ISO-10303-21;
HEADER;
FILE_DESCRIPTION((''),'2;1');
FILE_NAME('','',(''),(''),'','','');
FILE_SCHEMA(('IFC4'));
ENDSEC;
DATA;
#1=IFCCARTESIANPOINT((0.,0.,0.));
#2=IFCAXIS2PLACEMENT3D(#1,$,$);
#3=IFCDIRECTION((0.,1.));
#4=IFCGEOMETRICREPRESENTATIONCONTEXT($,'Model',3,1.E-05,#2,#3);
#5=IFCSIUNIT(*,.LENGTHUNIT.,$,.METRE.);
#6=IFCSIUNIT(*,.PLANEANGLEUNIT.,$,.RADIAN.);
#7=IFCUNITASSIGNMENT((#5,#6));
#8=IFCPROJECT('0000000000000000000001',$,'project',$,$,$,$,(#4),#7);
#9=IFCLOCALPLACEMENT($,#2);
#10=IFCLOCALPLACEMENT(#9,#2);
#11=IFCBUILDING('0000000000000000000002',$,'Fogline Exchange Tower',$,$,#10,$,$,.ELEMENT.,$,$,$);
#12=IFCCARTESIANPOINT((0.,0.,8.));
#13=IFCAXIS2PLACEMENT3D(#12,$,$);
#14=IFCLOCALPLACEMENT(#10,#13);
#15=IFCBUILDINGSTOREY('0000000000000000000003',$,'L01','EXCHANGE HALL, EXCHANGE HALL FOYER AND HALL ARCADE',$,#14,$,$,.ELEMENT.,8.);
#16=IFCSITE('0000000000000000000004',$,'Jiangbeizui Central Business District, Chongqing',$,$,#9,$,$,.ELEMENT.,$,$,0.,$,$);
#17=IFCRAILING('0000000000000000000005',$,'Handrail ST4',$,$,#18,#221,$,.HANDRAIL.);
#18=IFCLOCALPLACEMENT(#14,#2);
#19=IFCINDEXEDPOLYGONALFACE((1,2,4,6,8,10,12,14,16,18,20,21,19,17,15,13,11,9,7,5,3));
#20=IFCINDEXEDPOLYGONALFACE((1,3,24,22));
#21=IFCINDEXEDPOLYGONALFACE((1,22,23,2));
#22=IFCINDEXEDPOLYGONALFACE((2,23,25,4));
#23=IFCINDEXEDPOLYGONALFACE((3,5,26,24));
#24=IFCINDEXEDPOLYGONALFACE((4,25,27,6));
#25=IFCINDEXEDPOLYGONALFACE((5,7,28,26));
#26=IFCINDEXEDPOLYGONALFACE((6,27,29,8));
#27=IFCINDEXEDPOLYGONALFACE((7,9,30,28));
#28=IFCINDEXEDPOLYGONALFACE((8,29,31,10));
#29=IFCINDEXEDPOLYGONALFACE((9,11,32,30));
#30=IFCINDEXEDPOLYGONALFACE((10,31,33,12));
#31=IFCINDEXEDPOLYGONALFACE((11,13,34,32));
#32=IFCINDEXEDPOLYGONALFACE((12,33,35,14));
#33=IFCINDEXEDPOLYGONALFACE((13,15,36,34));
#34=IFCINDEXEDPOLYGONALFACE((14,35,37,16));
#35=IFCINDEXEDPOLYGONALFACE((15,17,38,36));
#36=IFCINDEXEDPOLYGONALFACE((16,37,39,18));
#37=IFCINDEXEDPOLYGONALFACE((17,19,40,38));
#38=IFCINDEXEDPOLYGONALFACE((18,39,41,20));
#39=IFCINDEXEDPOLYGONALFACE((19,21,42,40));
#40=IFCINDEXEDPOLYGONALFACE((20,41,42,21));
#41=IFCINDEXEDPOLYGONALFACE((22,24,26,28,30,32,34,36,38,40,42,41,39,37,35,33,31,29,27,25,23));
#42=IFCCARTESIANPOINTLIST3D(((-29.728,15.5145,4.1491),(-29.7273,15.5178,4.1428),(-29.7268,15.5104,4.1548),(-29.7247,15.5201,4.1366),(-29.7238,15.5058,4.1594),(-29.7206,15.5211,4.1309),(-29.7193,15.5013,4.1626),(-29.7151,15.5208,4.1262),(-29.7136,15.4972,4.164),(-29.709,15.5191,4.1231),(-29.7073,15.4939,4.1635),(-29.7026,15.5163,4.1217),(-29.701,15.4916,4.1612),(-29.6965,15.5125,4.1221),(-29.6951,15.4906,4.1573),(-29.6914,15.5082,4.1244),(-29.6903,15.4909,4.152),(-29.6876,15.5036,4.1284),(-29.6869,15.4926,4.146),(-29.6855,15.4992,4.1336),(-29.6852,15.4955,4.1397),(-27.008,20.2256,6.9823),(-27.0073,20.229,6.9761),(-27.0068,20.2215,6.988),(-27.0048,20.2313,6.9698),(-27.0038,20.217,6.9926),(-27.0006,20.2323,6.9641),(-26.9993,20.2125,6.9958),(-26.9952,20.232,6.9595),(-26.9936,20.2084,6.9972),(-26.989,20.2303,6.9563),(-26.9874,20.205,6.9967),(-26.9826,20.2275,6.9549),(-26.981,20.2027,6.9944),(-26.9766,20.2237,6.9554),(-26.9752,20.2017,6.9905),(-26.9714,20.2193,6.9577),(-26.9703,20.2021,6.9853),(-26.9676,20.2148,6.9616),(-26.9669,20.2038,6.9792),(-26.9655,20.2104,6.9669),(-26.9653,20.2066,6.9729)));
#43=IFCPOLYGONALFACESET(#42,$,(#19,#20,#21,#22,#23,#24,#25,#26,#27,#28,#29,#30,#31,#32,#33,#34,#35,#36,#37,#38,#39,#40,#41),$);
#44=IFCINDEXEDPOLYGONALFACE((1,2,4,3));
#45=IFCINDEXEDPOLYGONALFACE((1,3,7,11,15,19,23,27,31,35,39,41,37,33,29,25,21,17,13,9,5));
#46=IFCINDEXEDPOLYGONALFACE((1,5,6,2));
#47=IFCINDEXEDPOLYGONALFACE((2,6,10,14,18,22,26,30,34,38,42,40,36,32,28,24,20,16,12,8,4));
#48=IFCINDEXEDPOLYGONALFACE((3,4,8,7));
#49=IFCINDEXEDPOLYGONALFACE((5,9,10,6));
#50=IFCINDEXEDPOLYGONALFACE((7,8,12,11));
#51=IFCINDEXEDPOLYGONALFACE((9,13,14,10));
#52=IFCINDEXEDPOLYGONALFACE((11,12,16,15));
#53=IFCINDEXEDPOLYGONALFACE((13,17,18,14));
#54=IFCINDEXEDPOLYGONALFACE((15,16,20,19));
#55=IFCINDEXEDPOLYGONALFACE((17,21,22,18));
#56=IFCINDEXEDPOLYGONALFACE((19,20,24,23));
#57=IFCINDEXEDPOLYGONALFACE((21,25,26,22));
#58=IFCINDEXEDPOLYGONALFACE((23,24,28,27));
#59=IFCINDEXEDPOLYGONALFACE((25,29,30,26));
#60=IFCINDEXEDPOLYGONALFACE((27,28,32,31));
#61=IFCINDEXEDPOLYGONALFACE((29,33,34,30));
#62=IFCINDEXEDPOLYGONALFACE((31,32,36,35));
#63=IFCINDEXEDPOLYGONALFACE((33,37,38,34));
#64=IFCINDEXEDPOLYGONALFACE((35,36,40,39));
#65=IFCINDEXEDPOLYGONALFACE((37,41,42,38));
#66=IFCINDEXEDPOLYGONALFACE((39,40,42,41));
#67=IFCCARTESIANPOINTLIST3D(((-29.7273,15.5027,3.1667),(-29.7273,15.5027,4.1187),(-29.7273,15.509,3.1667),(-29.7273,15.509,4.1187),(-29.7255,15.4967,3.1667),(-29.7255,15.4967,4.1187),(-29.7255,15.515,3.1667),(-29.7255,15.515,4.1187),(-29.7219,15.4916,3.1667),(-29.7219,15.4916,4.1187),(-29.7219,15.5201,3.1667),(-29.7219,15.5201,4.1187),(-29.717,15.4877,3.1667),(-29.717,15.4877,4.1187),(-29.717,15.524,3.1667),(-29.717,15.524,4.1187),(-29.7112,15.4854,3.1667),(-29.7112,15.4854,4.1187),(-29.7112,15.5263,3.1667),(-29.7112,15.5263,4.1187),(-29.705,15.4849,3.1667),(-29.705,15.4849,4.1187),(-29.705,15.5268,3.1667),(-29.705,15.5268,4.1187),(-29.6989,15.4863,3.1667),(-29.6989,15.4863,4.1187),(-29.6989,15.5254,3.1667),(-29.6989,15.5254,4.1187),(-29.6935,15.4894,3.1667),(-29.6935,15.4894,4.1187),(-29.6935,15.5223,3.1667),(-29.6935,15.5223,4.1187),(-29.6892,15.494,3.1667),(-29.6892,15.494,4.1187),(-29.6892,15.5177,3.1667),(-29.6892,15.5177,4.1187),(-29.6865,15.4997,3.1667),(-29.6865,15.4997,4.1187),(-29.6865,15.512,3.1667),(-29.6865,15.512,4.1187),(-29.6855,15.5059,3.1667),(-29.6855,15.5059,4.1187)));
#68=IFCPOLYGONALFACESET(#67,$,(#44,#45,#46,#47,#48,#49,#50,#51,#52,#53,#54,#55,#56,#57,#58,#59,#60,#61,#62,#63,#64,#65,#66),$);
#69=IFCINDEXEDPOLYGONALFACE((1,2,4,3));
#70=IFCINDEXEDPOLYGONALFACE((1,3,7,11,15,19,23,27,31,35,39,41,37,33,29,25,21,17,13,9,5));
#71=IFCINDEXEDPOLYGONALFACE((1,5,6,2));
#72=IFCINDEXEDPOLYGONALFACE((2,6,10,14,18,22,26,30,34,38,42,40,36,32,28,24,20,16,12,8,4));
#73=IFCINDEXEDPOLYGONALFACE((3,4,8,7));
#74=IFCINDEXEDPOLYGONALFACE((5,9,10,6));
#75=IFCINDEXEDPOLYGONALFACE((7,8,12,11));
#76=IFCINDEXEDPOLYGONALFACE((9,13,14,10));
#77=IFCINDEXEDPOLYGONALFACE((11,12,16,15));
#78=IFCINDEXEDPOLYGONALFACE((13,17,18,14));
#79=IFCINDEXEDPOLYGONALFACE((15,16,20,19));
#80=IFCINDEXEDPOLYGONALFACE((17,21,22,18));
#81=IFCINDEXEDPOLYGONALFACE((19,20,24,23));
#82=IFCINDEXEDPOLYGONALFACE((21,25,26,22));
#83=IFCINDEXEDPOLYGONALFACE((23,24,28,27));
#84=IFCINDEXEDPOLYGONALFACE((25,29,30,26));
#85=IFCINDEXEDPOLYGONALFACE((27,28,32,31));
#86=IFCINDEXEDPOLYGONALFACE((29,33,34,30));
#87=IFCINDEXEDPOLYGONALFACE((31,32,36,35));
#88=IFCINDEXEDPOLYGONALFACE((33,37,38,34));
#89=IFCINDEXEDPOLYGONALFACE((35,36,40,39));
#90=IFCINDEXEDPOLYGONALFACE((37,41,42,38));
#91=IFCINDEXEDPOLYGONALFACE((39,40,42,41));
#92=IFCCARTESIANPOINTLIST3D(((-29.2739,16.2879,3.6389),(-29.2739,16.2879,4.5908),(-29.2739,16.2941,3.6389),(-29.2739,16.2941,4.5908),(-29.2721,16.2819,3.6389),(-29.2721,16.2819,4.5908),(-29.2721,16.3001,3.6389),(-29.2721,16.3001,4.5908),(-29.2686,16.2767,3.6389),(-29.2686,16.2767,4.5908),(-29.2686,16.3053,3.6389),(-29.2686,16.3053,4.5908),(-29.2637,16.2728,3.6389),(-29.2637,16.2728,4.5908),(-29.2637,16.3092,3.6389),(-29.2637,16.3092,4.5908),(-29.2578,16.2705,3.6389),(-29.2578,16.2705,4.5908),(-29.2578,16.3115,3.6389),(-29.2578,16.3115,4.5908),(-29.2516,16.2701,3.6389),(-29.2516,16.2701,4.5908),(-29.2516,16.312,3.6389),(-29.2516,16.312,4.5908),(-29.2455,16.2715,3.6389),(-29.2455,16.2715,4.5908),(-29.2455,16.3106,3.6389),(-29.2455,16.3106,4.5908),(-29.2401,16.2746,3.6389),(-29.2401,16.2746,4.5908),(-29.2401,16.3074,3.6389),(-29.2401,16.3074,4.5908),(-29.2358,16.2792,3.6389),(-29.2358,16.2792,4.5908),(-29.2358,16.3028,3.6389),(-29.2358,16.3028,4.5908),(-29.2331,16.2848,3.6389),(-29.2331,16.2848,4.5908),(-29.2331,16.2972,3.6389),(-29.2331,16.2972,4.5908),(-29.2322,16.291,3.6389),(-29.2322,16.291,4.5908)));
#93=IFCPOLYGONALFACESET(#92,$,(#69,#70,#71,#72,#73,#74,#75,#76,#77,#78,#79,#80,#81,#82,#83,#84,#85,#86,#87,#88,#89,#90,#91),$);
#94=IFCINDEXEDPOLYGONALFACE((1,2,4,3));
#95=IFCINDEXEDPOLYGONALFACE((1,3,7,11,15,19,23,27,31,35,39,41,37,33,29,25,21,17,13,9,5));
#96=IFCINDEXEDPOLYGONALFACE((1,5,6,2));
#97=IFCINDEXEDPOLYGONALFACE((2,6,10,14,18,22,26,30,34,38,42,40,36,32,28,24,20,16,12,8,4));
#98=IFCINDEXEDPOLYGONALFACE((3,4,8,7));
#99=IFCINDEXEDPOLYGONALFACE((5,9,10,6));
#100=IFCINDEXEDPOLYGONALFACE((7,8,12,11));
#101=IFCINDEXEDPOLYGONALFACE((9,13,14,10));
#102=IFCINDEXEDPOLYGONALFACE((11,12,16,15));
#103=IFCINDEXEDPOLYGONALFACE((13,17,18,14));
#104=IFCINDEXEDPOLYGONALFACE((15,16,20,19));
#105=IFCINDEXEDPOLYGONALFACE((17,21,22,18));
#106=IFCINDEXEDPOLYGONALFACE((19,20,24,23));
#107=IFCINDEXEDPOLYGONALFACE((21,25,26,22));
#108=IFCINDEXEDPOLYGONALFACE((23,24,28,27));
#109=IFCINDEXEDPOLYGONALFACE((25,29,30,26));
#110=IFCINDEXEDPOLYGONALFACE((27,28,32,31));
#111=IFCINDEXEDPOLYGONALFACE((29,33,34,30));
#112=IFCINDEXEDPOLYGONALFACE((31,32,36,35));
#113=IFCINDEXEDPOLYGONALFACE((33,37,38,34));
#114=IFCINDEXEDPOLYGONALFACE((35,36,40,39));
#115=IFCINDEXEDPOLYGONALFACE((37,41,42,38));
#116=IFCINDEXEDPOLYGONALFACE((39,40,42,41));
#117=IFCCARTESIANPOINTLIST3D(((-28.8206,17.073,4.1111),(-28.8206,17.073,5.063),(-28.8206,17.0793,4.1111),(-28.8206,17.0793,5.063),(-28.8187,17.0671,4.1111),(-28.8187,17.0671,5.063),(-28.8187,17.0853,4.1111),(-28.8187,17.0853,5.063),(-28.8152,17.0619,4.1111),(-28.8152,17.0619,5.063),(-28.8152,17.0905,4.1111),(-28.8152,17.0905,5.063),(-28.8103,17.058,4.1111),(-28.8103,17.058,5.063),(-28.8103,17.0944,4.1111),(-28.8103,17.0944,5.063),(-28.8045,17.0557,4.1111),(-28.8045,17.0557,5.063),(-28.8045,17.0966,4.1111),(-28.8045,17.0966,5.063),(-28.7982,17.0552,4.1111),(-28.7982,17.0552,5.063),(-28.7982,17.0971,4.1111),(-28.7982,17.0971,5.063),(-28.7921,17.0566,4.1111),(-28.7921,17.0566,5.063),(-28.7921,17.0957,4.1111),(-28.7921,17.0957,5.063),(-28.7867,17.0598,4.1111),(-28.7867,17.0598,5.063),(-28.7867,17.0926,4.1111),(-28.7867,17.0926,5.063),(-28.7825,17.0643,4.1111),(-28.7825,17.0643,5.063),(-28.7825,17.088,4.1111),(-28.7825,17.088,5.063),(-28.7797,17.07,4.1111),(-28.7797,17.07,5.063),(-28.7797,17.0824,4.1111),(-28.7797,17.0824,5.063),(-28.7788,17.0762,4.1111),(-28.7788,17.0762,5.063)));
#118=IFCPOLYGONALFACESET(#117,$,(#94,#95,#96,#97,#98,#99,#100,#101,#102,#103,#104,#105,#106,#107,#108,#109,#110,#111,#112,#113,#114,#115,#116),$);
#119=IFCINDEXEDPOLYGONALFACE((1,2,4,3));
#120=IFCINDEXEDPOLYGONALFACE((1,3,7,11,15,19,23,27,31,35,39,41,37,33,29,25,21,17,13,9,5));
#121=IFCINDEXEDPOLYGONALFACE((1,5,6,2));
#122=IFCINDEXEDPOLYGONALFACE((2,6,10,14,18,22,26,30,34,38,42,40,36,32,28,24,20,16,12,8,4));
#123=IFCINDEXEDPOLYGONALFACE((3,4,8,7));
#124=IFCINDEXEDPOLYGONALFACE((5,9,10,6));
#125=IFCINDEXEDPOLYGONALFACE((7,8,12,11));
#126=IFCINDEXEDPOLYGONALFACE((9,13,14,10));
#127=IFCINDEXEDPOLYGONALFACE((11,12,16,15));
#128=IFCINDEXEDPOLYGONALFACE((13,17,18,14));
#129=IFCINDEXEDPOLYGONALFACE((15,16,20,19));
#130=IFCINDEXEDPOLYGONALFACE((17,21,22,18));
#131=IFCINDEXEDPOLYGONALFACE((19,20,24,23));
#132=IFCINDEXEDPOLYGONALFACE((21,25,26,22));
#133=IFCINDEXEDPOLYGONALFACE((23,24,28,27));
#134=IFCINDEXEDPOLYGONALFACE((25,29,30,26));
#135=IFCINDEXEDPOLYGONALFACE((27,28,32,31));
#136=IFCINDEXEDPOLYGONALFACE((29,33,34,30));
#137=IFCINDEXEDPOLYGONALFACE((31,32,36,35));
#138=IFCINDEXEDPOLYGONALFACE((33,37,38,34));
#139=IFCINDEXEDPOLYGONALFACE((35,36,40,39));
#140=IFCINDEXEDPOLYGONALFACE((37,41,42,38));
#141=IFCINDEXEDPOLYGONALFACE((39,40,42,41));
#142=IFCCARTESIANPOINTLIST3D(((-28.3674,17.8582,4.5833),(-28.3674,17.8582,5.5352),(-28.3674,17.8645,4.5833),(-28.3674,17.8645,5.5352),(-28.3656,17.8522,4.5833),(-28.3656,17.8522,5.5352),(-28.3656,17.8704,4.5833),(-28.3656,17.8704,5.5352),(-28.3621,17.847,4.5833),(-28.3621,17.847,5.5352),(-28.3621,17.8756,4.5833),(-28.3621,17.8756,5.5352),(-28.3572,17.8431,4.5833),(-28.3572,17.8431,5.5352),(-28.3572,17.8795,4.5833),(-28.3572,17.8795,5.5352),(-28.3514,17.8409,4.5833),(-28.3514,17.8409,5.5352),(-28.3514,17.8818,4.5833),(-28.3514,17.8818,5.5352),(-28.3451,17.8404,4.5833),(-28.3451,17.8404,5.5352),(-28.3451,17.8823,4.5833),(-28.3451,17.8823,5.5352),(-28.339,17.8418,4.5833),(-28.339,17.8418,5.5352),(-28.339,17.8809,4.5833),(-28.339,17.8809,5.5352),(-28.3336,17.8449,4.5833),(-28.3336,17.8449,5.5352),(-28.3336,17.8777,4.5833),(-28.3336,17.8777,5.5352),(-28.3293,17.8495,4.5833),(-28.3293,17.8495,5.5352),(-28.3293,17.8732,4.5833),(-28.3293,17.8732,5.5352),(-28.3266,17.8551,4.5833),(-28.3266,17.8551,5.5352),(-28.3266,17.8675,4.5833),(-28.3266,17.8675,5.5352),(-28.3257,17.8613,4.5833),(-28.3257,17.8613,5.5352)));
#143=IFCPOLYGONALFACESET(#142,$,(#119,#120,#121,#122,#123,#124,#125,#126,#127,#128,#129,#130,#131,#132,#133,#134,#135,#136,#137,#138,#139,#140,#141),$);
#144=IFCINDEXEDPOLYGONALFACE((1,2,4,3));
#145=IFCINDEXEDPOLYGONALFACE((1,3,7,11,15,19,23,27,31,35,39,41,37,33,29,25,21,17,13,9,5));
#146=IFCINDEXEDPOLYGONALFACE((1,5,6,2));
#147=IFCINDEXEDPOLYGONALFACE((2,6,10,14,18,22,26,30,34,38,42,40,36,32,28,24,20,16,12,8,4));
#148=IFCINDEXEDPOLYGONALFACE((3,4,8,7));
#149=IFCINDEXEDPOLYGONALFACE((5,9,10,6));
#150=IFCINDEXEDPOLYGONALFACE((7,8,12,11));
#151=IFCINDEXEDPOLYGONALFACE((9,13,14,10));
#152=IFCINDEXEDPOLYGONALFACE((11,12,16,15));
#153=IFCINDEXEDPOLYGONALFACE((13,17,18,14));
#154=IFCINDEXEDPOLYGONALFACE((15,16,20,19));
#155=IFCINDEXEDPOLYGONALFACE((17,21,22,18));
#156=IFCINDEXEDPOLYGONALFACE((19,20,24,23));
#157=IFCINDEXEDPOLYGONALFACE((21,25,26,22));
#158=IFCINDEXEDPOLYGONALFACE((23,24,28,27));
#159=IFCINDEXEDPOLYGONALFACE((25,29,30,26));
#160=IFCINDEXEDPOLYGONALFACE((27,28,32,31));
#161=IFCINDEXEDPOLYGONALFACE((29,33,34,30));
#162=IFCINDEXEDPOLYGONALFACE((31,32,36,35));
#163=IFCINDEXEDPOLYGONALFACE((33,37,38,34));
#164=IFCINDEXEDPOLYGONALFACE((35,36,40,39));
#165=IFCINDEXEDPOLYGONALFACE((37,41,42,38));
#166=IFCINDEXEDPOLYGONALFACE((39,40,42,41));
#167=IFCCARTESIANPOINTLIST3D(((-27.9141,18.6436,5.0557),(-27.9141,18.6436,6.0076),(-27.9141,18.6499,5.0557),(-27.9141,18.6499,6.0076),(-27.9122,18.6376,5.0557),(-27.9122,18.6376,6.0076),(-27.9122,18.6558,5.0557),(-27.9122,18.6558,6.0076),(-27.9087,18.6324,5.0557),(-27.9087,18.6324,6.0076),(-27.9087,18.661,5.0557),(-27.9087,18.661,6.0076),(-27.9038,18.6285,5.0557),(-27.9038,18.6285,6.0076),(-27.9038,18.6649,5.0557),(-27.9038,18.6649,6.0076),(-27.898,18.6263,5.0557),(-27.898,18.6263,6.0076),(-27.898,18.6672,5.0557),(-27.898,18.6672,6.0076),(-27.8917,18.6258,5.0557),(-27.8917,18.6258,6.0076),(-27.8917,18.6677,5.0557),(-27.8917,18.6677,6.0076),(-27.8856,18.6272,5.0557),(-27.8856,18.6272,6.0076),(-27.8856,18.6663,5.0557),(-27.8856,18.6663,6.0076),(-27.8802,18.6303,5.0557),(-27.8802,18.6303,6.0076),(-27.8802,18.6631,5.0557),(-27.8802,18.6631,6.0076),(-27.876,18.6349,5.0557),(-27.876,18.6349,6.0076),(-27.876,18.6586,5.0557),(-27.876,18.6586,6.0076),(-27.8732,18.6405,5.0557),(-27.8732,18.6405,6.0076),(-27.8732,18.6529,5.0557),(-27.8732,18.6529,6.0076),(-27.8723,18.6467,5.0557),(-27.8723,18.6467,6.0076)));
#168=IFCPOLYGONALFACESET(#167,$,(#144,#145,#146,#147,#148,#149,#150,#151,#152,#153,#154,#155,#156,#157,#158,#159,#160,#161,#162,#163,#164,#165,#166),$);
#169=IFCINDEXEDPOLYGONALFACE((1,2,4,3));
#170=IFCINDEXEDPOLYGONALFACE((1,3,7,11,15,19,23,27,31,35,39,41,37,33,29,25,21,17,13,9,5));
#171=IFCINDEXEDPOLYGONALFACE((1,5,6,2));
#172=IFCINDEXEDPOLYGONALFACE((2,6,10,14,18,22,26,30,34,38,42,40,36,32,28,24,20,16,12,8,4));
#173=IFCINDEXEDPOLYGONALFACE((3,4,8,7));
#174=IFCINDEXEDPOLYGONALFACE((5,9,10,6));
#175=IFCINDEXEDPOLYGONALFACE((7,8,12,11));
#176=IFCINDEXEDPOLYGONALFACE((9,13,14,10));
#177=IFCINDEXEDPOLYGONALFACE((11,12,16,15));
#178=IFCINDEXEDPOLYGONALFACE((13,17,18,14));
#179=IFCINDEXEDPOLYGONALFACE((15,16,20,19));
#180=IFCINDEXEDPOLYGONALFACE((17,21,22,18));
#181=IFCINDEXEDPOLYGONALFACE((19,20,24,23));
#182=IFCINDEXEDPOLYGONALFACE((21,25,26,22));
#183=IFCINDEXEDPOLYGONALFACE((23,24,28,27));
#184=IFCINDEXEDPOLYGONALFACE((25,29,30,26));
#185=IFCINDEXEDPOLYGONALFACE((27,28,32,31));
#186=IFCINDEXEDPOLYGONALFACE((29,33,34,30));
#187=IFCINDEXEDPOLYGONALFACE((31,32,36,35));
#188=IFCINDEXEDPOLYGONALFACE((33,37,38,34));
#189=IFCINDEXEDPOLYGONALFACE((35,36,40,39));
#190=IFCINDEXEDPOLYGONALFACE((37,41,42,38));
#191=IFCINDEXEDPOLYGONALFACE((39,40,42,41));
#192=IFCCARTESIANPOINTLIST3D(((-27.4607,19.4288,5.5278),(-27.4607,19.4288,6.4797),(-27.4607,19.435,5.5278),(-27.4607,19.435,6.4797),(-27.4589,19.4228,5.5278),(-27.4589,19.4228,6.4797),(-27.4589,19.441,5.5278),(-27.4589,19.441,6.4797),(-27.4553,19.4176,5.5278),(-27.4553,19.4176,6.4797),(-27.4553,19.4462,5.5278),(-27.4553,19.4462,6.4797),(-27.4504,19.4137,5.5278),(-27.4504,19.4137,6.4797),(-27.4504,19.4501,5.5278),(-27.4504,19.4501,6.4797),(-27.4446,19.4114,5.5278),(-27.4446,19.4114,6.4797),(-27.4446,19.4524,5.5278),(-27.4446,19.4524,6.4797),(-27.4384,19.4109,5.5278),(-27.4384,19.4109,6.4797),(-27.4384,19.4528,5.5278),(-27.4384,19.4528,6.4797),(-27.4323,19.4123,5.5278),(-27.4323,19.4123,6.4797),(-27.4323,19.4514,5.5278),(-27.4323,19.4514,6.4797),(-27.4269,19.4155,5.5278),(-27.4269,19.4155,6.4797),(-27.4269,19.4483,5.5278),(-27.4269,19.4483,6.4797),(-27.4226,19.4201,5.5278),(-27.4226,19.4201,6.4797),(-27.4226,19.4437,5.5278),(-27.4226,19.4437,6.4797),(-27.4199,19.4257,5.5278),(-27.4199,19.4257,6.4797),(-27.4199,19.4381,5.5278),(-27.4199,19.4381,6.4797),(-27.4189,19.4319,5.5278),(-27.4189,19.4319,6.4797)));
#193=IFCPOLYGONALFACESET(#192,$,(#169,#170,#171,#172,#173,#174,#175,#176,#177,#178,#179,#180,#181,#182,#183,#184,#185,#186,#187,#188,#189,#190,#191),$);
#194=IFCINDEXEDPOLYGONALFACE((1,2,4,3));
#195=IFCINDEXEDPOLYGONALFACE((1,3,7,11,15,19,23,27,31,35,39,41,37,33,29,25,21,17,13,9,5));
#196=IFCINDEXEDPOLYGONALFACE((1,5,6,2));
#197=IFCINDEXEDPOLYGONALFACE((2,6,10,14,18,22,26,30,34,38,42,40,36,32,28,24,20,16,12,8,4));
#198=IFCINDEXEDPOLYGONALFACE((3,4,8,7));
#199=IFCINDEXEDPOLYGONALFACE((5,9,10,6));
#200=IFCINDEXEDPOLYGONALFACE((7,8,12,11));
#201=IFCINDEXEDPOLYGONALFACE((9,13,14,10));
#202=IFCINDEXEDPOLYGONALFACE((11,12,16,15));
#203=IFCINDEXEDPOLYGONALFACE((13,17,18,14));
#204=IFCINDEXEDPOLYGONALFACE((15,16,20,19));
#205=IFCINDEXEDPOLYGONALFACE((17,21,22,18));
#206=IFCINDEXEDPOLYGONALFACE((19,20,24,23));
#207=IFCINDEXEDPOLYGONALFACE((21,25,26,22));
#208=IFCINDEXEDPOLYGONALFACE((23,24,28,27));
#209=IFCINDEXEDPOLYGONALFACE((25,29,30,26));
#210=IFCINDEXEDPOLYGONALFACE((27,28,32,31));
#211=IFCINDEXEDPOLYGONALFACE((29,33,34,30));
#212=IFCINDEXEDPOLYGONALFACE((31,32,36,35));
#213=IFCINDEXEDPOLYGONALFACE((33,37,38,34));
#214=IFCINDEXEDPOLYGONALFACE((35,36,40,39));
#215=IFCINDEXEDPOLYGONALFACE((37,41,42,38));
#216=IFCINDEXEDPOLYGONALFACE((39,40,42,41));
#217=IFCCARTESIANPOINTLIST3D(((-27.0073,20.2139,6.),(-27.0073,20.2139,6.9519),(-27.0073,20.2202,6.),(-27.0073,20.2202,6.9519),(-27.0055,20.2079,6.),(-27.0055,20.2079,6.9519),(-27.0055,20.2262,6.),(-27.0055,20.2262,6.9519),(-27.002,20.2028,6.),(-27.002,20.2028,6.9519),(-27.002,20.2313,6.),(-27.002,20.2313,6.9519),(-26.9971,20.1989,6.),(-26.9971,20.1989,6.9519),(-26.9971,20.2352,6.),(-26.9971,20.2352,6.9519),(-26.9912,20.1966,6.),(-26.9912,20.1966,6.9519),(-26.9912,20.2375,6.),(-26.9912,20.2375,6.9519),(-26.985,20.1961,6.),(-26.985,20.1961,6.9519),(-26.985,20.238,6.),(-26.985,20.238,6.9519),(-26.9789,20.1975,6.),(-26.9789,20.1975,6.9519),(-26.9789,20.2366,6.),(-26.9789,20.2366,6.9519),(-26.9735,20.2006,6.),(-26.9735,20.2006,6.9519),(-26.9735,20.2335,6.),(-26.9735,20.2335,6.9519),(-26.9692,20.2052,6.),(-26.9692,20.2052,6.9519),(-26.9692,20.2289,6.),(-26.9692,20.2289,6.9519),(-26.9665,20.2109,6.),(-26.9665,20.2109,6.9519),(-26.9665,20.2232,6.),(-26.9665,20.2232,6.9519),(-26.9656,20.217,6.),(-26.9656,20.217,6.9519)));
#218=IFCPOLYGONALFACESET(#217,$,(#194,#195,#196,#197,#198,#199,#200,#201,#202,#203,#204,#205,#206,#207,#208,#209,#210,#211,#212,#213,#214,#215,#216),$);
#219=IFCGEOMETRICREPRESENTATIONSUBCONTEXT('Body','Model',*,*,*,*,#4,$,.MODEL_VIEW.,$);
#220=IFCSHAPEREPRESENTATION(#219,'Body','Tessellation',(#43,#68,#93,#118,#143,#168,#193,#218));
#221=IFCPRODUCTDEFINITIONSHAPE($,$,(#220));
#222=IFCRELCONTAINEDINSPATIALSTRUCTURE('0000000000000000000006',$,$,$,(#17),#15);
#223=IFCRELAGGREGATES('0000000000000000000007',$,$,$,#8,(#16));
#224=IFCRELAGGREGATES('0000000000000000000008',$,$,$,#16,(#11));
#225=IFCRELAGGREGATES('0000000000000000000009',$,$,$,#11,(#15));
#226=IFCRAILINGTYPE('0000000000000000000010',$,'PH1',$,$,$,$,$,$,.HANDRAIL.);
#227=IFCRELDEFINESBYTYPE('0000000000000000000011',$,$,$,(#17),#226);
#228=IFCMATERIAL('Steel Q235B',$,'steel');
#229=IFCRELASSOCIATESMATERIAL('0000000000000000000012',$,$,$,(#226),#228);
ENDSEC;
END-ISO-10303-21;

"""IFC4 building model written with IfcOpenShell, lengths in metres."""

from ifc_helpers import new_model, si_unit, direction, frame, origin, origin_2d, place, context, subcontext, project, spatial, circle, extrude, material, type_object, element, save


model = new_model("IFC4")

# Units and contexts
model_context = context("Model", 3, precision=1e-05, world=origin(), true_north=direction((0.0, 1.0)))
body_context = subcontext(model_context, "Body", "Model", "MODEL_VIEW")
ifc_project = project(units=[si_unit("LENGTHUNIT", "METRE"), si_unit("PLANEANGLEUNIT", "RADIAN")], contexts=[model_context])

# Site, building, storey
site_placement = place(None, origin())
site = spatial("IfcSite", under=ifc_project, at=site_placement, Name="Jiangbeizui Central Business District, Chongqing", CompositionType="ELEMENT", RefElevation=0.0)
building_placement = place(site_placement, origin())
building = spatial("IfcBuilding", under=site, at=building_placement, Name="Fogline Exchange Tower", CompositionType="ELEMENT")
storey_placement = place(building_placement, frame((0.0, 0.0, 8.0)))
storey = spatial("IfcBuildingStorey", under=building, at=storey_placement, Name="L01", Description="EXCHANGE HALL, EXCHANGE HALL FOYER AND HALL ARCADE", CompositionType="ELEMENT", Elevation=8.0)

# Shared definitions
ifc_material_1 = material(Name="Steel Q235B", Category="steel")

# Railing
railing_type_1 = type_object("IfcRailingType", Name="PH1", PredefinedType="HANDRAIL", material=ifc_material_1)
railing_1_placement = place(storey_placement, frame((-29.7065, 15.5059, 3.1667)))
element("IfcRailing", 1, at=railing_1_placement, inside=storey, type_object=railing_type_1, Name="Handrail ST4", PredefinedType="HANDRAIL", context=body_context, shape_type="SweptSolid", body=[
    extrude(circle(Radius=0.0239, at=origin_2d()), frame((0.0, 0.0, 0.9761), z_axis=(0.443456, 0.768097, 0.461925), x_axis=(-0.866028, 0.499996, 0.0)), (0.0, 0.0, 1.0), 6.1335),
    extrude(circle(Radius=0.021, at=origin_2d()), origin(), (0.0, 0.0, 1.0), 0.9519),
    extrude(circle(Radius=0.021, at=origin_2d()), frame((0.4534, 0.7852, 0.4722)), (0.0, 0.0, 1.0), 0.9519),
    extrude(circle(Radius=0.021, at=origin_2d()), frame((0.9067, 1.5703, 0.9443)), (0.0, 0.0, 1.0), 0.9519),
    extrude(circle(Radius=0.021, at=origin_2d()), frame((1.3599, 2.3555, 1.4165)), (0.0, 0.0, 1.0), 0.9519),
    extrude(circle(Radius=0.021, at=origin_2d()), frame((1.8132, 3.1409, 1.8889)), (0.0, 0.0, 1.0), 0.9519),
    extrude(circle(Radius=0.021, at=origin_2d()), frame((2.2666, 3.926, 2.3611)), (0.0, 0.0, 1.0), 0.9519),
    extrude(circle(Radius=0.021, at=origin_2d()), frame((2.72, 4.7112, 2.8333)), (0.0, 0.0, 1.0), 0.9519),
])

save(model, "model.ifc")
